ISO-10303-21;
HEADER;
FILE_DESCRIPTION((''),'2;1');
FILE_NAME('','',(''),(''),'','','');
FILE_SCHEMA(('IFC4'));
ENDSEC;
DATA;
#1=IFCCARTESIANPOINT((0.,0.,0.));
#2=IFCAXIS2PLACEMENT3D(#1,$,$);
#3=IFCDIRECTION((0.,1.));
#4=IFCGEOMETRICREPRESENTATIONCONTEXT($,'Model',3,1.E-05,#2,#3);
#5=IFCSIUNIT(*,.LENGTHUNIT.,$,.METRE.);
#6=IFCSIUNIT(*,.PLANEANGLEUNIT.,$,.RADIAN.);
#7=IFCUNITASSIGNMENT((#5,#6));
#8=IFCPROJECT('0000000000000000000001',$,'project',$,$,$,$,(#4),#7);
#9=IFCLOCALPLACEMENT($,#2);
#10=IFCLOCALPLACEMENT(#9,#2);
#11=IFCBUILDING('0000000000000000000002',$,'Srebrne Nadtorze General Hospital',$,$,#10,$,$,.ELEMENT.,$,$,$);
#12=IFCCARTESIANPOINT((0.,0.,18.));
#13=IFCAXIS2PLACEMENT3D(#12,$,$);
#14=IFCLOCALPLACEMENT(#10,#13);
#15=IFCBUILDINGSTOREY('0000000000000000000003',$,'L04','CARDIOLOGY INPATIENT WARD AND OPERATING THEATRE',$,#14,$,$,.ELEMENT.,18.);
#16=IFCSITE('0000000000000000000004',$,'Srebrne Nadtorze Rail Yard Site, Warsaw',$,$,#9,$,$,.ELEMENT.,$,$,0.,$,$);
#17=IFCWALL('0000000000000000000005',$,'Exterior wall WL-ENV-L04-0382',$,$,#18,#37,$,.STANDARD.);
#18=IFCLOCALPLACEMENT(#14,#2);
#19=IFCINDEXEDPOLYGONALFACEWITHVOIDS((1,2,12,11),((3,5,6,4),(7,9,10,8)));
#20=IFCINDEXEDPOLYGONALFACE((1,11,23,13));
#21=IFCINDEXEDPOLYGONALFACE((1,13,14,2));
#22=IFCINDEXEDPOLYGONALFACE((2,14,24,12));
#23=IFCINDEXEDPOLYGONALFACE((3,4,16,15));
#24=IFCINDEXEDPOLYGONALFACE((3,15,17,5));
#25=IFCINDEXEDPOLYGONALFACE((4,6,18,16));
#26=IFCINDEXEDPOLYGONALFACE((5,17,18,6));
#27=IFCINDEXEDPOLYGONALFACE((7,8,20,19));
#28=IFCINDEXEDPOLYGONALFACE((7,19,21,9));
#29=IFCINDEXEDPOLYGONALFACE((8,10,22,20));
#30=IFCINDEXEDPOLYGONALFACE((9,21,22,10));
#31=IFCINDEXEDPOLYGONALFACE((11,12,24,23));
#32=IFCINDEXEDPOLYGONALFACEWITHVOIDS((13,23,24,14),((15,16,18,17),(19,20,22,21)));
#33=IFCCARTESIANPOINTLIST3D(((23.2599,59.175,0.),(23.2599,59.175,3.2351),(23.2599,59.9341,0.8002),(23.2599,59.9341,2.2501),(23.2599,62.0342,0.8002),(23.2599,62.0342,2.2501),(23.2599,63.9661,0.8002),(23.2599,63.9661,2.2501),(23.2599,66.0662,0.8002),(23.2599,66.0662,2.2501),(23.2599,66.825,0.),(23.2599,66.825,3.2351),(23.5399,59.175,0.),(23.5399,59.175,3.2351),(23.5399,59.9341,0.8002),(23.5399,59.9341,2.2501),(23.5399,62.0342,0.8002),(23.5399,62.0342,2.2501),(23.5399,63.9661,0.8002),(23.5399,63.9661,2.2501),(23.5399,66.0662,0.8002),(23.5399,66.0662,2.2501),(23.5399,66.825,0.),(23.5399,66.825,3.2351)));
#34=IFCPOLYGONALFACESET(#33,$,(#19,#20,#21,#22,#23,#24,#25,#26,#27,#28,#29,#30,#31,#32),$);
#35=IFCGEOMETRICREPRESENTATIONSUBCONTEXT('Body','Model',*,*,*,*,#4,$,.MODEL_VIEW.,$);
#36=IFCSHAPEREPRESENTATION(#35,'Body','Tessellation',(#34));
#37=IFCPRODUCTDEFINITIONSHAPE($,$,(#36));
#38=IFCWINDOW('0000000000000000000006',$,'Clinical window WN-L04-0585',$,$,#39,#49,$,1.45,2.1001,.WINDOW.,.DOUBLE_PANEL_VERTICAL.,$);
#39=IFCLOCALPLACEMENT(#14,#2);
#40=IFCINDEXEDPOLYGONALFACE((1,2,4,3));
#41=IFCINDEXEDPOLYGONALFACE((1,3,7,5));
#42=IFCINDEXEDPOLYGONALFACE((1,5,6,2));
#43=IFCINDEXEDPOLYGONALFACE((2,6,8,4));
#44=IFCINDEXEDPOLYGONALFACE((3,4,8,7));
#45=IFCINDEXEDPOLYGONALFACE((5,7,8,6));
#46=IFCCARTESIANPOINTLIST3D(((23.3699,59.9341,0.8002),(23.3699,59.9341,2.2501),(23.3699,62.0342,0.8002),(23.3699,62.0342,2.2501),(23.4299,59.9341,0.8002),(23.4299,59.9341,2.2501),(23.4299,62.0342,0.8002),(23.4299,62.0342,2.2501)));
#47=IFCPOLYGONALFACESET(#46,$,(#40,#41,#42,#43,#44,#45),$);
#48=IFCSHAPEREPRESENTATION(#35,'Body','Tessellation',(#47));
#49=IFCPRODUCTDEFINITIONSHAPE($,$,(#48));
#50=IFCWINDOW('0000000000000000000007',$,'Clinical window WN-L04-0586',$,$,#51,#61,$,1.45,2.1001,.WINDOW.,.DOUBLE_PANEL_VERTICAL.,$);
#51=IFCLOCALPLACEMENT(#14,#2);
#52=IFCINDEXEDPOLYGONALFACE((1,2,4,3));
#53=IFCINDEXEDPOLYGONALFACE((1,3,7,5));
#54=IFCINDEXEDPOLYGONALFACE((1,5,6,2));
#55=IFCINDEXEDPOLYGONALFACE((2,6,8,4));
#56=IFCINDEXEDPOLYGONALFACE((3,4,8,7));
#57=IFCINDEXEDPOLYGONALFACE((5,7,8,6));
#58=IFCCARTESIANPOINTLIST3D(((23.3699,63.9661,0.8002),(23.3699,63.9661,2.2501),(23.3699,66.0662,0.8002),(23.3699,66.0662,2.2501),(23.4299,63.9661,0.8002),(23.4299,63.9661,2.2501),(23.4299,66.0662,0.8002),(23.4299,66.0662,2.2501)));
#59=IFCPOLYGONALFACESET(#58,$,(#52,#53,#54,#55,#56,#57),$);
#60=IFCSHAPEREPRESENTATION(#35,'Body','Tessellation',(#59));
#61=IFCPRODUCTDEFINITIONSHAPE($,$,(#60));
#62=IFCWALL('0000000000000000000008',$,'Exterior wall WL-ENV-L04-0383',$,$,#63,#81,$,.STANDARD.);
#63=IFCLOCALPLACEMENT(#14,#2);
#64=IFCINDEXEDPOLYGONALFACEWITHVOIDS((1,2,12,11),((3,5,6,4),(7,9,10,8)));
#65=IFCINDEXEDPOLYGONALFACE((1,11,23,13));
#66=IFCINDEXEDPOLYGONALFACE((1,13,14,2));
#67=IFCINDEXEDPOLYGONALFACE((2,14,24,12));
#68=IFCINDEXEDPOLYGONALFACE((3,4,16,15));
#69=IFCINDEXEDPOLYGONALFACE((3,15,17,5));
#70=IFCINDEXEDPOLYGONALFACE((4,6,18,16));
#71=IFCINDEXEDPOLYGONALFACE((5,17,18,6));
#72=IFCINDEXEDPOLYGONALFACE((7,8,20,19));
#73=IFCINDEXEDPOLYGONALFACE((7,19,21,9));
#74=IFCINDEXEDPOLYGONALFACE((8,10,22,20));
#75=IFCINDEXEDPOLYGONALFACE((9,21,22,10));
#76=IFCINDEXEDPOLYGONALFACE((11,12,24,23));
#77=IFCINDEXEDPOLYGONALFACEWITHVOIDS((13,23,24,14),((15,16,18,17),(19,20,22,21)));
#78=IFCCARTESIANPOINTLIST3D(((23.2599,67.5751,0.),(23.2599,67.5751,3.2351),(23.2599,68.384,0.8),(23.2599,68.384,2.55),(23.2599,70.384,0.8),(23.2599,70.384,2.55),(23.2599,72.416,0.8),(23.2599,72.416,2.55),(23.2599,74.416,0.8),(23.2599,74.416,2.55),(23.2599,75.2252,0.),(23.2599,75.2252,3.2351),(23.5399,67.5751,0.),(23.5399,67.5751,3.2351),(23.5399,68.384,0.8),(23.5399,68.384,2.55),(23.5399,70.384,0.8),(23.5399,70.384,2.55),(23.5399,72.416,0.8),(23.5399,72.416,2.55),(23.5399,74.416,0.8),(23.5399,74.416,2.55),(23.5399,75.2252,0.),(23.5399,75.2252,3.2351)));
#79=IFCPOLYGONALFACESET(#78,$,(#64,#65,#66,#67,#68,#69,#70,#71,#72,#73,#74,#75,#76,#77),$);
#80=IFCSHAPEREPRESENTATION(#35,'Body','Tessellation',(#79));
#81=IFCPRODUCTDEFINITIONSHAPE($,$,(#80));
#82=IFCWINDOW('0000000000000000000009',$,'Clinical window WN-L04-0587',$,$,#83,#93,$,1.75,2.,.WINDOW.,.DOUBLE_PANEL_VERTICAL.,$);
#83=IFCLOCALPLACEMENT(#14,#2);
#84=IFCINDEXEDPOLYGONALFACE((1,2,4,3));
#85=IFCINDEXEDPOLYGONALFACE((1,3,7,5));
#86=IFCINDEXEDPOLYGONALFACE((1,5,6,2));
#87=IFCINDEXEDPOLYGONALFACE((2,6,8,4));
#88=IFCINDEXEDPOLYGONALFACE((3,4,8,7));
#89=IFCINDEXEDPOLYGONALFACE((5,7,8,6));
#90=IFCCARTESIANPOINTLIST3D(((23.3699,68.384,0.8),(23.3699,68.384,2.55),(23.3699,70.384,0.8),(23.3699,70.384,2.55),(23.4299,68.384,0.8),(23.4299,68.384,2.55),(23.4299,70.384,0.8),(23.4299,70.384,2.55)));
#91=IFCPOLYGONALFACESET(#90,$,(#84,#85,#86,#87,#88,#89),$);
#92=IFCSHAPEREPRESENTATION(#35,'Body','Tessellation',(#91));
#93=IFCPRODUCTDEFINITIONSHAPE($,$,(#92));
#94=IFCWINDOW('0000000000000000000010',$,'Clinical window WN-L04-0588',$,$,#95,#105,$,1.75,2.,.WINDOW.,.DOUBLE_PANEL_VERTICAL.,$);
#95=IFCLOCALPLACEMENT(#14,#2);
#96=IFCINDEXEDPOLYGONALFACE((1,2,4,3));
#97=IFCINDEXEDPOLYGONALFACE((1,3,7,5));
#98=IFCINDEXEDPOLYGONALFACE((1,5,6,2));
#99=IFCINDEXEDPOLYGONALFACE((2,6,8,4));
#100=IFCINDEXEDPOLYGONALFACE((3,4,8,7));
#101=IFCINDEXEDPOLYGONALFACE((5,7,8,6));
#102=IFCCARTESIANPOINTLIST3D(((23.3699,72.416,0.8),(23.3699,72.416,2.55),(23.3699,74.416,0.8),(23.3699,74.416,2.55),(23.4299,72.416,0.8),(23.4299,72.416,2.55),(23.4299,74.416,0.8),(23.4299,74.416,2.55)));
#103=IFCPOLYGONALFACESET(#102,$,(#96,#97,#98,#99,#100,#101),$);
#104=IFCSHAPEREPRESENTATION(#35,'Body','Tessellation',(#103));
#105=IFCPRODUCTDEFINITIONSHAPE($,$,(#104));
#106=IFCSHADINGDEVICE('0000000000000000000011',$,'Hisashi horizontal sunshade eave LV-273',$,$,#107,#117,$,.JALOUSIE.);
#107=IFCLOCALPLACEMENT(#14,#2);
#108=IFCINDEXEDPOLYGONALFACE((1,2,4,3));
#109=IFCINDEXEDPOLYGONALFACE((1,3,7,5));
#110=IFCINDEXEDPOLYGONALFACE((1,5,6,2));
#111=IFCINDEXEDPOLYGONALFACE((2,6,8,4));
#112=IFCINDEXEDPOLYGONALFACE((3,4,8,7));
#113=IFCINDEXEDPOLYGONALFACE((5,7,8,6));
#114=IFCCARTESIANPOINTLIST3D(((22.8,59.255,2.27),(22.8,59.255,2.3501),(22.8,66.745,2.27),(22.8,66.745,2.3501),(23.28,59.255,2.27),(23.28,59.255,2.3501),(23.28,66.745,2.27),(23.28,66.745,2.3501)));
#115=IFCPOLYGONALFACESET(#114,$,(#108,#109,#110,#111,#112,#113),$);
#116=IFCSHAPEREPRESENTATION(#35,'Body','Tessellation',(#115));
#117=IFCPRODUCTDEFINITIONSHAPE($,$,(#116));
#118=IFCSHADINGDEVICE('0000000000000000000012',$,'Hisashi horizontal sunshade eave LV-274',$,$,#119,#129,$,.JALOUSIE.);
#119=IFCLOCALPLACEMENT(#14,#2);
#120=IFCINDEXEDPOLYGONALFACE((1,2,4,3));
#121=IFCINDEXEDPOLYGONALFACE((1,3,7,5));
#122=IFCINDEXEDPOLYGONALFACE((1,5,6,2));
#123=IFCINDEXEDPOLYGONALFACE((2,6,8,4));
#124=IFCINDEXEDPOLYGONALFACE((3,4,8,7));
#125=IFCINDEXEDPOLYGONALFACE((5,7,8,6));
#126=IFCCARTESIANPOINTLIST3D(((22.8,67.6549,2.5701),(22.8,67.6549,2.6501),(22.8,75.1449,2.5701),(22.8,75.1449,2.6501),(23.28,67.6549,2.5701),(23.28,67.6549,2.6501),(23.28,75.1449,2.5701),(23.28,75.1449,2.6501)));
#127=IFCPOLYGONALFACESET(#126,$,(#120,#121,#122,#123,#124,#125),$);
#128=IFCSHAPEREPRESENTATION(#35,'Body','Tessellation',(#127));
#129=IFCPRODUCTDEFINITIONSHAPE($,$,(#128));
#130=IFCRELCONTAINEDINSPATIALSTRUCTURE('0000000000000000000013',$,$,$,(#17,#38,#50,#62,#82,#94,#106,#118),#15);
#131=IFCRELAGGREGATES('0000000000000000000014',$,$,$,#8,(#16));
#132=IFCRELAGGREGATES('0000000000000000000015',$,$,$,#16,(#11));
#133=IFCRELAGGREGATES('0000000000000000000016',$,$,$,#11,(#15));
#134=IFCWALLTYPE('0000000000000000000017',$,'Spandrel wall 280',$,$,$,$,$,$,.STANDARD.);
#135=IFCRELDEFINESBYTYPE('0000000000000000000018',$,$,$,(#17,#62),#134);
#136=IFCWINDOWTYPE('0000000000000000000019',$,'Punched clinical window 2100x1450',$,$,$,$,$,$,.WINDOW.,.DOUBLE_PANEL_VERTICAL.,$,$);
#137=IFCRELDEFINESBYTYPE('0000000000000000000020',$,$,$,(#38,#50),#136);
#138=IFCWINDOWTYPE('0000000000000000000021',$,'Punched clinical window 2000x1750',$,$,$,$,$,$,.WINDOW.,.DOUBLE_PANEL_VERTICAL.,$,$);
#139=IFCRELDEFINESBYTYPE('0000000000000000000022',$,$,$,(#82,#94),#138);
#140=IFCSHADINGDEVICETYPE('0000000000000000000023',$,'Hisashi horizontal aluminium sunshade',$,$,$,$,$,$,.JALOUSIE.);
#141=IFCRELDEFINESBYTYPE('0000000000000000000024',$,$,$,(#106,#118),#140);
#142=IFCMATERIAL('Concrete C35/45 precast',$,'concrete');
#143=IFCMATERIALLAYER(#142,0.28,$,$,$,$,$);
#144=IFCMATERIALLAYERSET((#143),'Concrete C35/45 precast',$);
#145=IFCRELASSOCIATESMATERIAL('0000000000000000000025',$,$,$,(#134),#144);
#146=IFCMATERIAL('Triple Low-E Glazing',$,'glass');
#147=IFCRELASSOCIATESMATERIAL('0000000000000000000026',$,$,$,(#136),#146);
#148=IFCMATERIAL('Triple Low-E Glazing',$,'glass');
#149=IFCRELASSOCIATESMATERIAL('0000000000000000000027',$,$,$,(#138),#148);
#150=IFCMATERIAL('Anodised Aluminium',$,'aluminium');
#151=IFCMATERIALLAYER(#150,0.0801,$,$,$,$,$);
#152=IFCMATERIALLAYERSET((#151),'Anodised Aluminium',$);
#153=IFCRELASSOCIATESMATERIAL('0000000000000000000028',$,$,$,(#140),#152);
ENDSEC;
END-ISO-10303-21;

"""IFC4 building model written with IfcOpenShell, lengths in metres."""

from ifc_helpers import new_model, si_unit, direction, frame, frame_2d, origin, origin_2d, place, context, subcontext, project, spatial, rectangle, extrude, material, layer, layer_set, type_object, element, fill, save


model = new_model("IFC4")

# Units and contexts
model_context = context("Model", 3, precision=1e-05, world=origin(), true_north=direction((0.0, 1.0)))
body_context = subcontext(model_context, "Body", "Model", "MODEL_VIEW")
ifc_project = project(units=[si_unit("LENGTHUNIT", "METRE"), si_unit("PLANEANGLEUNIT", "RADIAN")], contexts=[model_context])

# Site, building, storey
site_placement = place(None, origin())
site = spatial("IfcSite", under=ifc_project, at=site_placement, Name="Srebrne Nadtorze Rail Yard Site, Warsaw", CompositionType="ELEMENT", RefElevation=0.0)
building_placement = place(site_placement, origin())
building = spatial("IfcBuilding", under=site, at=building_placement, Name="Srebrne Nadtorze General Hospital", CompositionType="ELEMENT")
storey_placement = place(building_placement, frame((0.0, 0.0, 18.0)))
storey = spatial("IfcBuildingStorey", under=building, at=storey_placement, Name="L04", Description="CARDIOLOGY INPATIENT WARD AND OPERATING THEATRE", CompositionType="ELEMENT", Elevation=18.0)

# Walls, openings, windows
ifc_material_1 = material(Name="Concrete C35/45 precast", Category="concrete")
ifc_layer_1 = layer(ifc_material_1, 0.28)
ifc_layer_set_1 = layer_set([ifc_layer_1], Name="Concrete C35/45 precast")
wall_type_1 = type_object("IfcWallType", Name="Spandrel wall 280", PredefinedType="STANDARD", material=ifc_layer_set_1)
wall_1_placement = place(storey_placement, frame((23.3999, 59.175, 0.0), z_axis=(0.0, 0.0, 1.0), x_axis=(0.0, 1.0, 0.0)))
wall_1 = element("IfcWall", 1, at=wall_1_placement, inside=storey, type_object=wall_type_1, Name="Exterior wall WL-ENV-L04-0382", PredefinedType="STANDARD", context=body_context, shape_type="SweptSolid", body=[
    extrude(rectangle(XDim=7.6499, YDim=0.28, at=frame_2d((3.825, 0.0))), origin(), (0.0, 0.0, 1.0), 3.2351),
])
opening_1_placement = place(wall_1_placement, frame((0.759, 0.0, 0.8)))
opening_1 = element("IfcOpeningElement", 2, at=opening_1_placement, cuts=wall_1, PredefinedType="OPENING", context=body_context, shape_type="SweptSolid", body=[
    extrude(rectangle(XDim=2.1001, YDim=1.45, at=frame_2d((1.05, 0.7251))), frame((0.0, 0.1519, 0.0), z_axis=(0.0, -1.0, 0.0), x_axis=(1.0, 0.0, 0.0)), (0.0, 0.0, 1.0), 0.304),
])
opening_2_placement = place(wall_1_placement, frame((4.791, 0.0, 0.8)))
opening_2 = element("IfcOpeningElement", 3, at=opening_2_placement, cuts=wall_1, PredefinedType="OPENING", context=body_context, shape_type="SweptSolid", body=[
    extrude(rectangle(XDim=2.1001, YDim=1.45, at=frame_2d((1.05, 0.7251))), frame((0.0, 0.1519, 0.0), z_axis=(0.0, -1.0, 0.0), x_axis=(1.0, 0.0, 0.0)), (0.0, 0.0, 1.0), 0.304),
])
ifc_material_2 = material(Name="Triple Low-E Glazing", Category="glass")
window_type_1 = type_object("IfcWindowType", Name="Punched clinical window 2100x1450", PartitioningType="DOUBLE_PANEL_VERTICAL", PredefinedType="WINDOW", material=ifc_material_2)
window_1_placement = place(opening_1_placement, origin())
window_1 = element("IfcWindow", 4, at=window_1_placement, inside=storey, type_object=window_type_1, Name="Clinical window WN-L04-0585", OverallHeight=1.45, OverallWidth=2.1001, PartitioningType="DOUBLE_PANEL_VERTICAL", PredefinedType="WINDOW", context=body_context, shape_type="SweptSolid", body=[
    extrude(rectangle(XDim=2.1001, YDim=1.45, at=frame_2d((1.05, 0.7251))), frame((0.0, 0.03, 0.0), z_axis=(0.0, -1.0, 0.0), x_axis=(1.0, 0.0, 0.0)), (0.0, 0.0, 1.0), 0.0601),
])
fill(opening_1, window_1)
window_2_placement = place(opening_2_placement, origin())
window_2 = element("IfcWindow", 5, at=window_2_placement, inside=storey, type_object=window_type_1, Name="Clinical window WN-L04-0586", OverallHeight=1.45, OverallWidth=2.1001, PartitioningType="DOUBLE_PANEL_VERTICAL", PredefinedType="WINDOW", context=body_context, shape_type="SweptSolid", body=[
    extrude(rectangle(XDim=2.1001, YDim=1.45, at=frame_2d((1.05, 0.7251))), frame((0.0, 0.03, 0.0), z_axis=(0.0, -1.0, 0.0), x_axis=(1.0, 0.0, 0.0)), (0.0, 0.0, 1.0), 0.0601),
])
fill(opening_2, window_2)
wall_2_placement = place(storey_placement, frame((23.3999, 67.575, 0.0), z_axis=(0.0, 0.0, 1.0), x_axis=(0.0, 1.0, 0.0)))
wall_2 = element("IfcWall", 6, at=wall_2_placement, inside=storey, type_object=wall_type_1, Name="Exterior wall WL-ENV-L04-0383", PredefinedType="STANDARD", context=body_context, shape_type="SweptSolid", body=[
    extrude(rectangle(XDim=7.6501, YDim=0.28, at=frame_2d((3.8252, 0.0))), origin(), (0.0, 0.0, 1.0), 3.2351),
])
opening_3_placement = place(wall_2_placement, frame((0.8091, 0.0, 0.8)))
opening_3 = element("IfcOpeningElement", 7, at=opening_3_placement, cuts=wall_2, PredefinedType="OPENING", context=body_context, shape_type="SweptSolid", body=[
    extrude(rectangle(XDim=2.0, YDim=1.75, at=frame_2d((1.0, 0.875))), frame((0.0, 0.1519, 0.0), z_axis=(0.0, -1.0, 0.0), x_axis=(1.0, 0.0, 0.0)), (0.0, 0.0, 1.0), 0.304),
])
opening_4_placement = place(wall_2_placement, frame((4.8411, 0.0, 0.8)))
opening_4 = element("IfcOpeningElement", 8, at=opening_4_placement, cuts=wall_2, PredefinedType="OPENING", context=body_context, shape_type="SweptSolid", body=[
    extrude(rectangle(XDim=2.0, YDim=1.75, at=frame_2d((1.0, 0.875))), frame((0.0, 0.1519, 0.0), z_axis=(0.0, -1.0, 0.0), x_axis=(1.0, 0.0, 0.0)), (0.0, 0.0, 1.0), 0.304),
])
ifc_material_3 = material(Name="Triple Low-E Glazing", Category="glass")
window_type_2 = type_object("IfcWindowType", Name="Punched clinical window 2000x1750", PartitioningType="DOUBLE_PANEL_VERTICAL", PredefinedType="WINDOW", material=ifc_material_3)
window_3_placement = place(opening_3_placement, origin())
window_3 = element("IfcWindow", 9, at=window_3_placement, inside=storey, type_object=window_type_2, Name="Clinical window WN-L04-0587", OverallHeight=1.75, OverallWidth=2.0, PartitioningType="DOUBLE_PANEL_VERTICAL", PredefinedType="WINDOW", context=body_context, shape_type="SweptSolid", body=[
    extrude(rectangle(XDim=2.0, YDim=1.75, at=frame_2d((1.0, 0.875))), frame((0.0, 0.03, 0.0), z_axis=(0.0, -1.0, 0.0), x_axis=(1.0, 0.0, 0.0)), (0.0, 0.0, 1.0), 0.0601),
])
fill(opening_3, window_3)
window_4_placement = place(opening_4_placement, origin())
window_4 = element("IfcWindow", 10, at=window_4_placement, inside=storey, type_object=window_type_2, Name="Clinical window WN-L04-0588", OverallHeight=1.75, OverallWidth=2.0, PartitioningType="DOUBLE_PANEL_VERTICAL", PredefinedType="WINDOW", context=body_context, shape_type="SweptSolid", body=[
    extrude(rectangle(XDim=2.0, YDim=1.75, at=frame_2d((1.0, 0.875))), frame((0.0, 0.03, 0.0), z_axis=(0.0, -1.0, 0.0), x_axis=(1.0, 0.0, 0.0)), (0.0, 0.0, 1.0), 0.0601),
])
fill(opening_4, window_4)

# Shading devices
ifc_material_4 = material(Name="Anodised Aluminium", Category="aluminium")
ifc_layer_2 = layer(ifc_material_4, 0.0801)
ifc_layer_set_2 = layer_set([ifc_layer_2], Name="Anodised Aluminium")
shading_device_type = type_object("IfcShadingDeviceType", Name="Hisashi horizontal aluminium sunshade", PredefinedType="JALOUSIE", material=ifc_layer_set_2)
for number, where, z_axis, x_axis, name in (
    (11, (23.04, 63.0, 2.27), (0.0, 0.0, 1.0), (1.0, 0.0, 0.0), "Hisashi horizontal sunshade eave LV-273"),
    (12, (23.04, 71.3999, 2.5701), (0.0, 0.0, 1.0), (1.0, 0.0, 0.0), "Hisashi horizontal sunshade eave LV-274"),
):
    element("IfcShadingDevice", number, at=place(storey_placement, frame(where, z_axis=z_axis, x_axis=x_axis)), inside=storey, type_object=shading_device_type, Name=name, PredefinedType="JALOUSIE", context=body_context, shape_type="SweptSolid", body=[
        extrude(rectangle(XDim=0.48, YDim=7.49, at=origin_2d()), origin(), (0.0, 0.0, 1.0), 0.0801),
    ])

save(model, "model.ifc")
